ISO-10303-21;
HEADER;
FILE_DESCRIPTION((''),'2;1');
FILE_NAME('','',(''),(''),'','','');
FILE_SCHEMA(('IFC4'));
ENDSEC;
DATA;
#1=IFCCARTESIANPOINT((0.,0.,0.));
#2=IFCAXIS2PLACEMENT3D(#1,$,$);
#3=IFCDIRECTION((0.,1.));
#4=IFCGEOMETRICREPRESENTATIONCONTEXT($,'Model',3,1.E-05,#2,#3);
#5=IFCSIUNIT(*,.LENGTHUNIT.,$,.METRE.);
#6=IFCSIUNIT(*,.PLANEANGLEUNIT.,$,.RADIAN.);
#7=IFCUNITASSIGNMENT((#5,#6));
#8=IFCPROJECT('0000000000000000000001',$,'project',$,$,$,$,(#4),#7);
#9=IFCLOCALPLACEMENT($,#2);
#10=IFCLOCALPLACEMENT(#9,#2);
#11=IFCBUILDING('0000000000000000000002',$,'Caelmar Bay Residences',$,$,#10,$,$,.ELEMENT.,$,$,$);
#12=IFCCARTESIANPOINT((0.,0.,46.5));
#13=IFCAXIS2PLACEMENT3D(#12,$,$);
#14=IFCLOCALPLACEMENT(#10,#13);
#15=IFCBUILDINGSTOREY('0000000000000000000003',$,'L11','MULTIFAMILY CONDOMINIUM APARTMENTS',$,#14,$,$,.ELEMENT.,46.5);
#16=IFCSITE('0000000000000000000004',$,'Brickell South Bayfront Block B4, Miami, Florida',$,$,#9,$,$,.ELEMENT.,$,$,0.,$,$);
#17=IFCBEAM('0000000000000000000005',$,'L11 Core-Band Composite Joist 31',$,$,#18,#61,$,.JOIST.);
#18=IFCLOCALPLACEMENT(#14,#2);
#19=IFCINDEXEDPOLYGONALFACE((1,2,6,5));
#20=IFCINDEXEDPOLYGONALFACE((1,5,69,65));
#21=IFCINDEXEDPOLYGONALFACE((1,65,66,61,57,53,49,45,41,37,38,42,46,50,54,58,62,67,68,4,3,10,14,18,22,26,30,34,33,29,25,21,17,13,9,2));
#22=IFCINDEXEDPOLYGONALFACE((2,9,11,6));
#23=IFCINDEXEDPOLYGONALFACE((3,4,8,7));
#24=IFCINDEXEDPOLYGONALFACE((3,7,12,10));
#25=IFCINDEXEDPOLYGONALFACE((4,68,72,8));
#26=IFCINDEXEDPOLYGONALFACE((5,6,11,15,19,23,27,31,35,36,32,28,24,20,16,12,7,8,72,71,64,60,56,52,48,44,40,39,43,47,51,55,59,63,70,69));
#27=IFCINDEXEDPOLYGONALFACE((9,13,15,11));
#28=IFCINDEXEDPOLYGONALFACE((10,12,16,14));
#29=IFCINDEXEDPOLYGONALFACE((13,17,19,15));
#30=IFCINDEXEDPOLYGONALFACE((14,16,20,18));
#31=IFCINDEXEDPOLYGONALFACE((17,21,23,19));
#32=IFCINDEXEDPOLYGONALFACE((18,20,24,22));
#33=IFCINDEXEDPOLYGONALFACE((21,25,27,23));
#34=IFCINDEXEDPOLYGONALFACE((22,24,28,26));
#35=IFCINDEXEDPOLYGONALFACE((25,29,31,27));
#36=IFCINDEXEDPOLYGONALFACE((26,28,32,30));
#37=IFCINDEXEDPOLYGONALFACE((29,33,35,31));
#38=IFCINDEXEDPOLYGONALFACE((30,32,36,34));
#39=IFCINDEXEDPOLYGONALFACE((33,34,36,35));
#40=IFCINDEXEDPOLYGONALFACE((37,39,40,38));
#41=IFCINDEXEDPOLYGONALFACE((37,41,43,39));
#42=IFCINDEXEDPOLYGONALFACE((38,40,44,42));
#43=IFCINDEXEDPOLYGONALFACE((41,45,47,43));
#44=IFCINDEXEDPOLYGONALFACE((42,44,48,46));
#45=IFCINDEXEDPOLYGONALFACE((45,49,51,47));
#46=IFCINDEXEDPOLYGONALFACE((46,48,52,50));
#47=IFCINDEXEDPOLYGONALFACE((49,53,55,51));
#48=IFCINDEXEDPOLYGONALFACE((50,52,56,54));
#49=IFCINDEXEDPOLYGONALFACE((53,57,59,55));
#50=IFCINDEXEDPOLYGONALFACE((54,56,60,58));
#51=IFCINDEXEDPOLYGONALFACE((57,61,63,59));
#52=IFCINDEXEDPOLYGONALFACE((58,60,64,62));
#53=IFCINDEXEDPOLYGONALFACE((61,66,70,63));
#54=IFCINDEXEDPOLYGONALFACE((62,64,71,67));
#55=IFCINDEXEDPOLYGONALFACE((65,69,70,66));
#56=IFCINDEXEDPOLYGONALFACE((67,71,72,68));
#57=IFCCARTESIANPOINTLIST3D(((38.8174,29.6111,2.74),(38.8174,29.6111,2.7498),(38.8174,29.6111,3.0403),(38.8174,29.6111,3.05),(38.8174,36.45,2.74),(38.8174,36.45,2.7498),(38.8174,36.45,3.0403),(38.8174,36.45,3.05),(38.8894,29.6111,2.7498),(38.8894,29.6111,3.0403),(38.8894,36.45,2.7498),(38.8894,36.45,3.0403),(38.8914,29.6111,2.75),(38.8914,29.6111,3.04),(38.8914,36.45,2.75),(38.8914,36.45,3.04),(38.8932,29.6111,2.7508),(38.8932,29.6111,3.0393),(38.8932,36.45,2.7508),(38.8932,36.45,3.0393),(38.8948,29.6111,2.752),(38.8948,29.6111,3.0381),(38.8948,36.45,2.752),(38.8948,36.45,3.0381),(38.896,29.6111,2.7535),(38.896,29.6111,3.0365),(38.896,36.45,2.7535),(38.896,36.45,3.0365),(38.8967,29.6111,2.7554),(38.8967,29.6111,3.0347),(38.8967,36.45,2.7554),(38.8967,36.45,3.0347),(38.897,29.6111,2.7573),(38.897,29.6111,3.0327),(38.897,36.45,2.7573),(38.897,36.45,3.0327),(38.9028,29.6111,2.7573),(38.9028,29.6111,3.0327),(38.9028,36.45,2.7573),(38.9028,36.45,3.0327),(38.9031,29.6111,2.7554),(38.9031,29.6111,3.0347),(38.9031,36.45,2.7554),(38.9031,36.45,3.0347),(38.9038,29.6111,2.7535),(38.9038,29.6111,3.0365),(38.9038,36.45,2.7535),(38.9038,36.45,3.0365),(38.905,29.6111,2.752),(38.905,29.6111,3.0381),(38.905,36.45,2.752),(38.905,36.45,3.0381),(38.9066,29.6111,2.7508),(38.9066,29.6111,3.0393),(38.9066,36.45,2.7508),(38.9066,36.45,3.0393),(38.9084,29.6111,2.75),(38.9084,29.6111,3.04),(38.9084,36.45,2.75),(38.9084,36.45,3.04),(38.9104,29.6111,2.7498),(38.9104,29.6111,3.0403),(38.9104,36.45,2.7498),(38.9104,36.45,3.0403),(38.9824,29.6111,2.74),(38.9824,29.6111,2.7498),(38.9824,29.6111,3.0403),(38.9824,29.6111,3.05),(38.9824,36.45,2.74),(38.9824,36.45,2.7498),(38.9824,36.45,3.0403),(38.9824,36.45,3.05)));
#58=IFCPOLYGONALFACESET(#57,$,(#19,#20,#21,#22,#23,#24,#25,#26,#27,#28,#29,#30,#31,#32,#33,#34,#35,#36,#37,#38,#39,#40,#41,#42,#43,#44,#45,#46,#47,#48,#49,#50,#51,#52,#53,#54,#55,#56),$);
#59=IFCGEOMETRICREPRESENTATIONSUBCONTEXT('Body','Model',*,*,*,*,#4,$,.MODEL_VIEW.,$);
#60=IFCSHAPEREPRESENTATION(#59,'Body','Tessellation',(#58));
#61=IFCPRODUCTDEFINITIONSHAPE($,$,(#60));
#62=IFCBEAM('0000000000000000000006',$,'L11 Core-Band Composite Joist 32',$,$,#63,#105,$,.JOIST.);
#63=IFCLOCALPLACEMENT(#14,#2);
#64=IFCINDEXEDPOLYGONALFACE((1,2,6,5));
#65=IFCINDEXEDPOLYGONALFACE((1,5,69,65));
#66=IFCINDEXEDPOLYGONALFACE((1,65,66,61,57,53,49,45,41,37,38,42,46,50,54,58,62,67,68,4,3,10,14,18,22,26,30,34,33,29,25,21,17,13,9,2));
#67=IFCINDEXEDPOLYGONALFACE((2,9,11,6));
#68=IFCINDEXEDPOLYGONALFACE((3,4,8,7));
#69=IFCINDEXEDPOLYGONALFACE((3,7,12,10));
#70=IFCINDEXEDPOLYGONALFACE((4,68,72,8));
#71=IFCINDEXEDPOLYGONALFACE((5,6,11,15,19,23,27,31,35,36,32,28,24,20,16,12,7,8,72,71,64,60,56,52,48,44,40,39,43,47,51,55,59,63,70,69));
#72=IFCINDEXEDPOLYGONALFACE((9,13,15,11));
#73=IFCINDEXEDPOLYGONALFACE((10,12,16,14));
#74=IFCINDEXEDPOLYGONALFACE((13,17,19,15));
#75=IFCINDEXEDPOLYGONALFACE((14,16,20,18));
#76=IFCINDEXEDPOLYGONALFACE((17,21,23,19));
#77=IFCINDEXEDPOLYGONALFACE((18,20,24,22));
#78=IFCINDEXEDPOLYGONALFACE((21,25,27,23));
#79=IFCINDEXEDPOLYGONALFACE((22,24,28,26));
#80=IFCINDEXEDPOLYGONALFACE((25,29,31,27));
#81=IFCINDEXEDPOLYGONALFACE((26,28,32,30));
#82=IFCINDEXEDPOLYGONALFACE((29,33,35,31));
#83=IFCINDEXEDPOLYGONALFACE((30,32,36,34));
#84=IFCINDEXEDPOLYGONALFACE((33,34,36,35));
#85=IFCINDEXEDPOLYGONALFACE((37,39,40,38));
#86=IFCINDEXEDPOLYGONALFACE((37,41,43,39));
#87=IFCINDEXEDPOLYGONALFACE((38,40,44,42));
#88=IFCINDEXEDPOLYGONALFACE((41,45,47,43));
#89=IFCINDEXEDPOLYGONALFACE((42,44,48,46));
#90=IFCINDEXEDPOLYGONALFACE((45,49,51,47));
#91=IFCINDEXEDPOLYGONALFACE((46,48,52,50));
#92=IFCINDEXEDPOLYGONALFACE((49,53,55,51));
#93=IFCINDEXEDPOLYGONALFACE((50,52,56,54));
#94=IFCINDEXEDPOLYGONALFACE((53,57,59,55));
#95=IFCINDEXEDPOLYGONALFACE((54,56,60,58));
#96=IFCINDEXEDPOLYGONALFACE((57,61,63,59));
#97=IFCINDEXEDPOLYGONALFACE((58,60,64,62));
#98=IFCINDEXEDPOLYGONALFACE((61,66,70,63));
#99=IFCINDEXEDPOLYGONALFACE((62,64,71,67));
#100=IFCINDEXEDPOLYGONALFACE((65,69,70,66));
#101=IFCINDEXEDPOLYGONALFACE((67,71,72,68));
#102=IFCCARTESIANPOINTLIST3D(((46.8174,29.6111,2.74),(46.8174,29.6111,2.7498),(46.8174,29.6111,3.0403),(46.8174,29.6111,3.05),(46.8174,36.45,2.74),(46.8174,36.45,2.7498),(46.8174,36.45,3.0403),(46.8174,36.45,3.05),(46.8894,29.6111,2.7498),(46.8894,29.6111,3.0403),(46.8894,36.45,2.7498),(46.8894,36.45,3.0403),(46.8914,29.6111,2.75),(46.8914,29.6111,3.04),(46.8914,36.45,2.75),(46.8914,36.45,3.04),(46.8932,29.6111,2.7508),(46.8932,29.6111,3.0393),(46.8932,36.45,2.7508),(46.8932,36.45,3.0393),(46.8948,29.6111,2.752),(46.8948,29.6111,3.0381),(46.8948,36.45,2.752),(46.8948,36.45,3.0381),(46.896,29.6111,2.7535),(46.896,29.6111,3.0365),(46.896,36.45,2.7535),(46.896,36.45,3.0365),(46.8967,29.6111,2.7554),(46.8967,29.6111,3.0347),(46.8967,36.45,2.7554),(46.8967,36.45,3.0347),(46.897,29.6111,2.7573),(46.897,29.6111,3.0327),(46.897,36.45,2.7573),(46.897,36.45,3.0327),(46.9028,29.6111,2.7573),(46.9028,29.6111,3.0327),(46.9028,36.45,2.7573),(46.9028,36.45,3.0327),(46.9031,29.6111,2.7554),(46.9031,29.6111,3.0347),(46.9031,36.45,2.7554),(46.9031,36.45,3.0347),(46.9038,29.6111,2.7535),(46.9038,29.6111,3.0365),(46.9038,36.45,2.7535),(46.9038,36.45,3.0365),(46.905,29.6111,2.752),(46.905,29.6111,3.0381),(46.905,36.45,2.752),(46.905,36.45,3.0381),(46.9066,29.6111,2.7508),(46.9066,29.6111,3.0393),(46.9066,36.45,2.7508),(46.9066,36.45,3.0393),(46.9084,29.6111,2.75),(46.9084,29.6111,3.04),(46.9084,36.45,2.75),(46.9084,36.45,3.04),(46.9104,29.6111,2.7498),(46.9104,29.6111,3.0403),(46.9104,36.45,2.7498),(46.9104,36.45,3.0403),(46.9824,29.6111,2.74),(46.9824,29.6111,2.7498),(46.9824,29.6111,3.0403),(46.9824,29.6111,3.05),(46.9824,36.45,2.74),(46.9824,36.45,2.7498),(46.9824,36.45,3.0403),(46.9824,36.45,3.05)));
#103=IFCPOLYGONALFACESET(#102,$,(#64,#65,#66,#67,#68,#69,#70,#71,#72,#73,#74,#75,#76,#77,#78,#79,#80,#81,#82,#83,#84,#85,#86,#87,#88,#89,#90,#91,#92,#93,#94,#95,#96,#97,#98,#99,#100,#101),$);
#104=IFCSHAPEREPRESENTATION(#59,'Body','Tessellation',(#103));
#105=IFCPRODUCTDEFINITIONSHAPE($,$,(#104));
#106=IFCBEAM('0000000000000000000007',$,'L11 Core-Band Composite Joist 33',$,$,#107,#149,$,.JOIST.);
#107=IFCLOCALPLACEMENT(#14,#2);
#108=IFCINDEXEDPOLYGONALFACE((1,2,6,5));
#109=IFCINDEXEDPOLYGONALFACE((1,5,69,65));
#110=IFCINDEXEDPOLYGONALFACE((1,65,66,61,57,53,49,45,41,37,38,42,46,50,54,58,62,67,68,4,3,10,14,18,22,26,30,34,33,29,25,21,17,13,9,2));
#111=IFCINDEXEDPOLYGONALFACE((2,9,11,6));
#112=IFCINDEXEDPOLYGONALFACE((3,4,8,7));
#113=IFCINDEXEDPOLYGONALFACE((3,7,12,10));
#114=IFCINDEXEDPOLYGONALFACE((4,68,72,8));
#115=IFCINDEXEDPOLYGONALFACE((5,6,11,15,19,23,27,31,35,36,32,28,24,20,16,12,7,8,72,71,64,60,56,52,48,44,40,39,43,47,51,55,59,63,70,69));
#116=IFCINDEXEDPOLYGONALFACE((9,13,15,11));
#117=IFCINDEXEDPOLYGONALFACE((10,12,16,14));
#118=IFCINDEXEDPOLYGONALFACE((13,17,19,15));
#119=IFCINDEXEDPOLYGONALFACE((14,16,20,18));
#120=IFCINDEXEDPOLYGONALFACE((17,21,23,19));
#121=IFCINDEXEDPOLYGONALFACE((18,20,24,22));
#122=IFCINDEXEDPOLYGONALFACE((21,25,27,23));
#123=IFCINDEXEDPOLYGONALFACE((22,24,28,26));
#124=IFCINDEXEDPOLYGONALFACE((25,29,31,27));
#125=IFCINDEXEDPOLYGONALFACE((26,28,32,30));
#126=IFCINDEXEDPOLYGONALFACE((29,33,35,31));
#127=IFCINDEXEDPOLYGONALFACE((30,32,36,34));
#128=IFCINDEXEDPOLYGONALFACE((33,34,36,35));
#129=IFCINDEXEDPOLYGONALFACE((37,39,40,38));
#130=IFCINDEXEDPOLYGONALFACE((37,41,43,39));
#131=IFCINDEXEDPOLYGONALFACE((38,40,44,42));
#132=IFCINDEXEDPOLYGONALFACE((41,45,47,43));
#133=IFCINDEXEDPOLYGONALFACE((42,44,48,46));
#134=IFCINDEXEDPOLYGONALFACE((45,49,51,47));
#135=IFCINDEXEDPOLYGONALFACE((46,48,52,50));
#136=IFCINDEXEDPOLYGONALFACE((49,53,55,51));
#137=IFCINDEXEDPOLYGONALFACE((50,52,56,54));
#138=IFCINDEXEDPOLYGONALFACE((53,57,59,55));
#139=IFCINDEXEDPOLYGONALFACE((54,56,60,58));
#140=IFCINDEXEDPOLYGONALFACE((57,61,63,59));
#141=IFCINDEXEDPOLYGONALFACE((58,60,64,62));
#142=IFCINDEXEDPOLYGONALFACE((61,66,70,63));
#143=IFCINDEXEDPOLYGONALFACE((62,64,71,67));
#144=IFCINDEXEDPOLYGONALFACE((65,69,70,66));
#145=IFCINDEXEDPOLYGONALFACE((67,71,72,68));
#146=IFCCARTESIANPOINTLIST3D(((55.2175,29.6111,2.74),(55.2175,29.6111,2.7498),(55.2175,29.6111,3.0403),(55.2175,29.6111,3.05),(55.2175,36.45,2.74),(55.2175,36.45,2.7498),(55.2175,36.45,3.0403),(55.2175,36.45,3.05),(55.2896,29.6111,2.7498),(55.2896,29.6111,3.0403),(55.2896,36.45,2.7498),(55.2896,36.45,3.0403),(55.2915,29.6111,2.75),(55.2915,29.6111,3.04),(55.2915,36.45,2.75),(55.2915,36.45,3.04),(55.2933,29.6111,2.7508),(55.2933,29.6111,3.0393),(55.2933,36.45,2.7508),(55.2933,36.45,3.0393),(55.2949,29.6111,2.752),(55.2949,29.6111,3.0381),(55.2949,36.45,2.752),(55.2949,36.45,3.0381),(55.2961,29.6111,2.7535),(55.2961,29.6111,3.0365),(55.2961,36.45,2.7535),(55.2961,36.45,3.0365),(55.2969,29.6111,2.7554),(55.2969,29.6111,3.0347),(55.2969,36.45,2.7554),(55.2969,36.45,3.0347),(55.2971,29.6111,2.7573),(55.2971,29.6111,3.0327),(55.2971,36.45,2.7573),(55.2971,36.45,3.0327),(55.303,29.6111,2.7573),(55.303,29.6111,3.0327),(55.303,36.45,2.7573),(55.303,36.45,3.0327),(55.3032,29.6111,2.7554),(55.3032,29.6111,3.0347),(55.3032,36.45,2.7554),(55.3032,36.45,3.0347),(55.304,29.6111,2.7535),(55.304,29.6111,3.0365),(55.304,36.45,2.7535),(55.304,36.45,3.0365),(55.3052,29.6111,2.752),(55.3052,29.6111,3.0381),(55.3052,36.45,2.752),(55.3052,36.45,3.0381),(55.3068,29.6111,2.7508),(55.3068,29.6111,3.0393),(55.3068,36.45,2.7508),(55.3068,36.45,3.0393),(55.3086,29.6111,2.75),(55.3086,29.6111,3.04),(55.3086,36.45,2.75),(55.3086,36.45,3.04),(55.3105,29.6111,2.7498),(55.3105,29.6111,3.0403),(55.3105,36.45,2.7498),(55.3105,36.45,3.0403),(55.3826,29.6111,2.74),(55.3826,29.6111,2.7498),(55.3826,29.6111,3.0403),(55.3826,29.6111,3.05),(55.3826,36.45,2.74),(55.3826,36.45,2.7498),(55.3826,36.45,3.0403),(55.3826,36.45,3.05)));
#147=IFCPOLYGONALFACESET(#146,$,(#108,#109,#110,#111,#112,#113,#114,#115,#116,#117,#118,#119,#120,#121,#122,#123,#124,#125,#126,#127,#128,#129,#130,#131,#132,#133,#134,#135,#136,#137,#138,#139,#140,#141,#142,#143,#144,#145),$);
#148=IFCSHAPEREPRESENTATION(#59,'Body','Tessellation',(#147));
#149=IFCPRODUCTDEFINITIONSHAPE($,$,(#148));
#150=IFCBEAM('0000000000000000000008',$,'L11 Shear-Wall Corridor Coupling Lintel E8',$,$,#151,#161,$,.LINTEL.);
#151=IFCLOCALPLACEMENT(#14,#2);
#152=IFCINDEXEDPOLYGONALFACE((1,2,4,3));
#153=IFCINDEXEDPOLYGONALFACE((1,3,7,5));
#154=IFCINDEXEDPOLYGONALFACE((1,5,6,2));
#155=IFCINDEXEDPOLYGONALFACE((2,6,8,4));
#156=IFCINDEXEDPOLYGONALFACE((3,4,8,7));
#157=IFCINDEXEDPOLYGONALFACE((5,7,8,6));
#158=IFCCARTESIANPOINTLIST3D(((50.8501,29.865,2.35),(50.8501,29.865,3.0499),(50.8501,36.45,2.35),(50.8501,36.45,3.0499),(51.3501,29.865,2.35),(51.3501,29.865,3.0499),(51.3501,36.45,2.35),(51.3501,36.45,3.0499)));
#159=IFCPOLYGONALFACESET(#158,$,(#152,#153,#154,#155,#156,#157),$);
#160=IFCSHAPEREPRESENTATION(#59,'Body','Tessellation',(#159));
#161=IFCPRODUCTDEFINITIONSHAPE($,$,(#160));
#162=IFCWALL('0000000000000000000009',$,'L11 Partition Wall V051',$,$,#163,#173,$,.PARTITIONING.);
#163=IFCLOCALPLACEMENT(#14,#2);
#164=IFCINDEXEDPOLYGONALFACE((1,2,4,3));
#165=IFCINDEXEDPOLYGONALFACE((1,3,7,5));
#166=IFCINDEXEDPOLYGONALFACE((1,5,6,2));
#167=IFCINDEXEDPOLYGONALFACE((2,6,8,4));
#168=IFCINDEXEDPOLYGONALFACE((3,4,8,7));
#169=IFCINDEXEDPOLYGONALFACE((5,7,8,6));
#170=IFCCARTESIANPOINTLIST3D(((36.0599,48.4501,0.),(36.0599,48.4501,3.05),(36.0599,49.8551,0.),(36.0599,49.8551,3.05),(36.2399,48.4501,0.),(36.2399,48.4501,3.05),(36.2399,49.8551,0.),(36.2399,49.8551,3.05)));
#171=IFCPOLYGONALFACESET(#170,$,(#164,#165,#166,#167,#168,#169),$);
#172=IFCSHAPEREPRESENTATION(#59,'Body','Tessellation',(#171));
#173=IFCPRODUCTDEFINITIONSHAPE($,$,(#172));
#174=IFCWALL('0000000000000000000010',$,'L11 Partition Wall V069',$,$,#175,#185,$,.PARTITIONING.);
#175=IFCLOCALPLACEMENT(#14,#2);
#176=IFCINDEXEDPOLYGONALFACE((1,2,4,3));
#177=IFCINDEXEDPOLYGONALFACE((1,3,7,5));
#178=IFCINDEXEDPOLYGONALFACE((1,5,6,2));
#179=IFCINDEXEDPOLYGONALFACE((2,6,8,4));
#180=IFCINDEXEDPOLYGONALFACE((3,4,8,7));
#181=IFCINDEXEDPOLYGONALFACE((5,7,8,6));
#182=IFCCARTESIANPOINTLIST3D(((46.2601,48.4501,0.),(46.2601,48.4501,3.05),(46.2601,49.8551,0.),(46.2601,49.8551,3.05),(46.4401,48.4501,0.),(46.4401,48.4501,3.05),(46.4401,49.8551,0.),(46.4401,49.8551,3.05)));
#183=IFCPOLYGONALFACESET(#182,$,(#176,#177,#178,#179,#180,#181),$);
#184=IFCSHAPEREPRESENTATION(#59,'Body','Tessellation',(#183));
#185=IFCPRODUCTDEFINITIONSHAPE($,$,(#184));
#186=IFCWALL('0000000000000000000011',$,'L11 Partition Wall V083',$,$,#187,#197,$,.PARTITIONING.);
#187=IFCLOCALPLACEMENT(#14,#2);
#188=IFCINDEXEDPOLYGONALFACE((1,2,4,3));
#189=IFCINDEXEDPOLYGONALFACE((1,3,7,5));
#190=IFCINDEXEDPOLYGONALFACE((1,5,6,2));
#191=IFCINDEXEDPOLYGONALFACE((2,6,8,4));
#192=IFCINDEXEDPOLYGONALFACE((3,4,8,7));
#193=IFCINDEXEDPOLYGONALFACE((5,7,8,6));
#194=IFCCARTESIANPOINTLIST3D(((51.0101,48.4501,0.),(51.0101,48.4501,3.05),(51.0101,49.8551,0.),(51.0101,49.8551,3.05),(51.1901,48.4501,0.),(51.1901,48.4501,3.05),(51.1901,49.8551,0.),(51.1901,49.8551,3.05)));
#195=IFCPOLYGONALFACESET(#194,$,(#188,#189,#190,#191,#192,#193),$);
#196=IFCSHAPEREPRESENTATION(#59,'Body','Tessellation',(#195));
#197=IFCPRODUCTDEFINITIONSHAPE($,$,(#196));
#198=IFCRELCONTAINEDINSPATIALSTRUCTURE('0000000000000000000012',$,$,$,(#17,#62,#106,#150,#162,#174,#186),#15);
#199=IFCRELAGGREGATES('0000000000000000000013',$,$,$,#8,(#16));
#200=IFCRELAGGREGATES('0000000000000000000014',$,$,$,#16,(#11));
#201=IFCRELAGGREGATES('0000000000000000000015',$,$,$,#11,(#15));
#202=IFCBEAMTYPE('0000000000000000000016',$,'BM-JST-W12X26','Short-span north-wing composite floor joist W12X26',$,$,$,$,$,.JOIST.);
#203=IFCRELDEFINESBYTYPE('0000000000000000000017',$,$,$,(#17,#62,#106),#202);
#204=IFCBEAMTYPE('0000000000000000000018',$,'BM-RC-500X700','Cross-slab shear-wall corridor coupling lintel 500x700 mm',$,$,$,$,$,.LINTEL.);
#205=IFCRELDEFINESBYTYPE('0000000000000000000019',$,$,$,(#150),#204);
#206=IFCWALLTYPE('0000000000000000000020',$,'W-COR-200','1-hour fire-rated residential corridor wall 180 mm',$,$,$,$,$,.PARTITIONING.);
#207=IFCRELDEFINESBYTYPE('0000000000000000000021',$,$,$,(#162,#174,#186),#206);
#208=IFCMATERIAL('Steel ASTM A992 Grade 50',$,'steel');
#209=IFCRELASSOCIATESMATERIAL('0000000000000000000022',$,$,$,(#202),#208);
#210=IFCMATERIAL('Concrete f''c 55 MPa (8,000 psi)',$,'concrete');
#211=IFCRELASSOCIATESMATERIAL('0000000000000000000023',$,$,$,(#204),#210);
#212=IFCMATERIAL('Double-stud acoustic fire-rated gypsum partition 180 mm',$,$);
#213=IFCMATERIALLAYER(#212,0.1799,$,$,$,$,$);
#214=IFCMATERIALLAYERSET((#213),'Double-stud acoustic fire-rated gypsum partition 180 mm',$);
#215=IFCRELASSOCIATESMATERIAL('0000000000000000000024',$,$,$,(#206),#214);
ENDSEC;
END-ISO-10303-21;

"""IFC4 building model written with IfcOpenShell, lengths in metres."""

from ifc_helpers import new_model, si_unit, direction, frame, frame_2d, origin, origin_2d, place, context, subcontext, project, spatial, rectangle, i_section, extrude, material, layer, layer_set, material_profile, profile_set, type_object, element, save


model = new_model("IFC4")

# Units and contexts
model_context = context("Model", 3, precision=1e-05, world=origin(), true_north=direction((0.0, 1.0)))
body_context = subcontext(model_context, "Body", "Model", "MODEL_VIEW")
ifc_project = project(units=[si_unit("LENGTHUNIT", "METRE"), si_unit("PLANEANGLEUNIT", "RADIAN")], contexts=[model_context])

# Site, building, storey
site_placement = place(None, origin())
site = spatial("IfcSite", under=ifc_project, at=site_placement, Name="Brickell South Bayfront Block B4, Miami, Florida", CompositionType="ELEMENT", RefElevation=0.0)
building_placement = place(site_placement, origin())
building = spatial("IfcBuilding", under=site, at=building_placement, Name="Caelmar Bay Residences", CompositionType="ELEMENT")
storey_placement = place(building_placement, frame((0.0, 0.0, 46.5)))
storey = spatial("IfcBuildingStorey", under=building, at=storey_placement, Name="L11", Description="MULTIFAMILY CONDOMINIUM APARTMENTS", CompositionType="ELEMENT", Elevation=46.5)

# Beams
ifc_material_1 = material(Name="Steel ASTM A992 Grade 50", Category="steel")
ifc_material_profile_1 = material_profile(ifc_material_1, i_section(OverallWidth=0.165, OverallDepth=0.3101, WebThickness=0.0059, FlangeThickness=0.0098, FilletRadius=0.0076, at=origin_2d()), Name="W12X26")
ifc_profile_set_1 = profile_set([ifc_material_profile_1], Name="Steel ASTM A992 Grade 50")
beam_type_1 = type_object("IfcBeamType", Name="BM-JST-W12X26", Description="Short-span north-wing composite floor joist W12X26", PredefinedType="JOIST", material=ifc_profile_set_1)
for number, where, z_axis, x_axis, name in (
    (1, (38.8999, 29.6111, 2.895), (0.0, 1.0, 0.0), (-1.0, 0.0, 0.0), "L11 Core-Band Composite Joist 31"),
    (2, (46.8999, 29.6111, 2.895), (0.0, 1.0, 0.0), (-1.0, 0.0, 0.0), "L11 Core-Band Composite Joist 32"),
    (3, (55.3, 29.6111, 2.895), (0.0, 1.0, 0.0), (-1.0, 0.0, 0.0), "L11 Core-Band Composite Joist 33"),
):
    element("IfcBeam", number, at=place(storey_placement, frame(where, z_axis=z_axis, x_axis=x_axis)), inside=storey, type_object=beam_type_1, Name=name, PredefinedType="JOIST", context=body_context, shape_type="SweptSolid", body=[
        extrude(i_section(OverallWidth=0.165, OverallDepth=0.3101, WebThickness=0.0059, FlangeThickness=0.0098, FilletRadius=0.0076, at=origin_2d()), origin(), (0.0, 0.0, 1.0), 6.8389),
    ])
ifc_material_2 = material(Name="Concrete f'c 55 MPa (8,000 psi)", Category="concrete")
ifc_material_profile_2 = material_profile(ifc_material_2, rectangle(XDim=0.5, YDim=0.7, at=origin_2d()), Name="RC-BM-500X700")
ifc_profile_set_2 = profile_set([ifc_material_profile_2], Name="Concrete f'c 55 MPa (8,000 psi)")
beam_type_2 = type_object("IfcBeamType", Name="BM-RC-500X700", Description="Cross-slab shear-wall corridor coupling lintel 500x700 mm", PredefinedType="LINTEL", material=ifc_profile_set_2)
beam_1_placement = place(storey_placement, frame((51.1001, 29.865, 2.7), z_axis=(0.0, 1.0, 0.0), x_axis=(-1.0, 0.0, 0.0)))
element("IfcBeam", 4, at=beam_1_placement, inside=storey, type_object=beam_type_2, Name="L11 Shear-Wall Corridor Coupling Lintel E8", PredefinedType="LINTEL", context=body_context, shape_type="SweptSolid", body=[
    extrude(rectangle(XDim=0.5, YDim=0.7, at=origin_2d()), origin(), (0.0, 0.0, 1.0), 6.585),
])

# Walls
ifc_material_3 = material(Name="Double-stud acoustic fire-rated gypsum partition 180 mm")
ifc_layer_1 = layer(ifc_material_3, 0.1799)
ifc_layer_set_1 = layer_set([ifc_layer_1], Name="Double-stud acoustic fire-rated gypsum partition 180 mm")
wall_type_1 = type_object("IfcWallType", Name="W-COR-200", Description="1-hour fire-rated residential corridor wall 180 mm", PredefinedType="PARTITIONING", material=ifc_layer_set_1)
for number, where, z_axis, x_axis, name in (
    (5, (36.1499, 48.45, 0.0), (0.0, 0.0, 1.0), (0.0, 1.0, 0.0), "L11 Partition Wall V051"),
    (6, (46.3501, 48.45, 0.0), (0.0, 0.0, 1.0), (0.0, 1.0, 0.0), "L11 Partition Wall V069"),
    (7, (51.1001, 48.45, 0.0), (0.0, 0.0, 1.0), (0.0, 1.0, 0.0), "L11 Partition Wall V083"),
):
    element("IfcWall", number, at=place(storey_placement, frame(where, z_axis=z_axis, x_axis=x_axis)), inside=storey, type_object=wall_type_1, Name=name, PredefinedType="PARTITIONING", context=body_context, shape_type="SweptSolid", body=[
        extrude(rectangle(XDim=1.405, YDim=0.1799, at=frame_2d((0.7026, 0.0))), origin(), (0.0, 0.0, 1.0), 3.05),
    ])

save(model, "model.ifc")
